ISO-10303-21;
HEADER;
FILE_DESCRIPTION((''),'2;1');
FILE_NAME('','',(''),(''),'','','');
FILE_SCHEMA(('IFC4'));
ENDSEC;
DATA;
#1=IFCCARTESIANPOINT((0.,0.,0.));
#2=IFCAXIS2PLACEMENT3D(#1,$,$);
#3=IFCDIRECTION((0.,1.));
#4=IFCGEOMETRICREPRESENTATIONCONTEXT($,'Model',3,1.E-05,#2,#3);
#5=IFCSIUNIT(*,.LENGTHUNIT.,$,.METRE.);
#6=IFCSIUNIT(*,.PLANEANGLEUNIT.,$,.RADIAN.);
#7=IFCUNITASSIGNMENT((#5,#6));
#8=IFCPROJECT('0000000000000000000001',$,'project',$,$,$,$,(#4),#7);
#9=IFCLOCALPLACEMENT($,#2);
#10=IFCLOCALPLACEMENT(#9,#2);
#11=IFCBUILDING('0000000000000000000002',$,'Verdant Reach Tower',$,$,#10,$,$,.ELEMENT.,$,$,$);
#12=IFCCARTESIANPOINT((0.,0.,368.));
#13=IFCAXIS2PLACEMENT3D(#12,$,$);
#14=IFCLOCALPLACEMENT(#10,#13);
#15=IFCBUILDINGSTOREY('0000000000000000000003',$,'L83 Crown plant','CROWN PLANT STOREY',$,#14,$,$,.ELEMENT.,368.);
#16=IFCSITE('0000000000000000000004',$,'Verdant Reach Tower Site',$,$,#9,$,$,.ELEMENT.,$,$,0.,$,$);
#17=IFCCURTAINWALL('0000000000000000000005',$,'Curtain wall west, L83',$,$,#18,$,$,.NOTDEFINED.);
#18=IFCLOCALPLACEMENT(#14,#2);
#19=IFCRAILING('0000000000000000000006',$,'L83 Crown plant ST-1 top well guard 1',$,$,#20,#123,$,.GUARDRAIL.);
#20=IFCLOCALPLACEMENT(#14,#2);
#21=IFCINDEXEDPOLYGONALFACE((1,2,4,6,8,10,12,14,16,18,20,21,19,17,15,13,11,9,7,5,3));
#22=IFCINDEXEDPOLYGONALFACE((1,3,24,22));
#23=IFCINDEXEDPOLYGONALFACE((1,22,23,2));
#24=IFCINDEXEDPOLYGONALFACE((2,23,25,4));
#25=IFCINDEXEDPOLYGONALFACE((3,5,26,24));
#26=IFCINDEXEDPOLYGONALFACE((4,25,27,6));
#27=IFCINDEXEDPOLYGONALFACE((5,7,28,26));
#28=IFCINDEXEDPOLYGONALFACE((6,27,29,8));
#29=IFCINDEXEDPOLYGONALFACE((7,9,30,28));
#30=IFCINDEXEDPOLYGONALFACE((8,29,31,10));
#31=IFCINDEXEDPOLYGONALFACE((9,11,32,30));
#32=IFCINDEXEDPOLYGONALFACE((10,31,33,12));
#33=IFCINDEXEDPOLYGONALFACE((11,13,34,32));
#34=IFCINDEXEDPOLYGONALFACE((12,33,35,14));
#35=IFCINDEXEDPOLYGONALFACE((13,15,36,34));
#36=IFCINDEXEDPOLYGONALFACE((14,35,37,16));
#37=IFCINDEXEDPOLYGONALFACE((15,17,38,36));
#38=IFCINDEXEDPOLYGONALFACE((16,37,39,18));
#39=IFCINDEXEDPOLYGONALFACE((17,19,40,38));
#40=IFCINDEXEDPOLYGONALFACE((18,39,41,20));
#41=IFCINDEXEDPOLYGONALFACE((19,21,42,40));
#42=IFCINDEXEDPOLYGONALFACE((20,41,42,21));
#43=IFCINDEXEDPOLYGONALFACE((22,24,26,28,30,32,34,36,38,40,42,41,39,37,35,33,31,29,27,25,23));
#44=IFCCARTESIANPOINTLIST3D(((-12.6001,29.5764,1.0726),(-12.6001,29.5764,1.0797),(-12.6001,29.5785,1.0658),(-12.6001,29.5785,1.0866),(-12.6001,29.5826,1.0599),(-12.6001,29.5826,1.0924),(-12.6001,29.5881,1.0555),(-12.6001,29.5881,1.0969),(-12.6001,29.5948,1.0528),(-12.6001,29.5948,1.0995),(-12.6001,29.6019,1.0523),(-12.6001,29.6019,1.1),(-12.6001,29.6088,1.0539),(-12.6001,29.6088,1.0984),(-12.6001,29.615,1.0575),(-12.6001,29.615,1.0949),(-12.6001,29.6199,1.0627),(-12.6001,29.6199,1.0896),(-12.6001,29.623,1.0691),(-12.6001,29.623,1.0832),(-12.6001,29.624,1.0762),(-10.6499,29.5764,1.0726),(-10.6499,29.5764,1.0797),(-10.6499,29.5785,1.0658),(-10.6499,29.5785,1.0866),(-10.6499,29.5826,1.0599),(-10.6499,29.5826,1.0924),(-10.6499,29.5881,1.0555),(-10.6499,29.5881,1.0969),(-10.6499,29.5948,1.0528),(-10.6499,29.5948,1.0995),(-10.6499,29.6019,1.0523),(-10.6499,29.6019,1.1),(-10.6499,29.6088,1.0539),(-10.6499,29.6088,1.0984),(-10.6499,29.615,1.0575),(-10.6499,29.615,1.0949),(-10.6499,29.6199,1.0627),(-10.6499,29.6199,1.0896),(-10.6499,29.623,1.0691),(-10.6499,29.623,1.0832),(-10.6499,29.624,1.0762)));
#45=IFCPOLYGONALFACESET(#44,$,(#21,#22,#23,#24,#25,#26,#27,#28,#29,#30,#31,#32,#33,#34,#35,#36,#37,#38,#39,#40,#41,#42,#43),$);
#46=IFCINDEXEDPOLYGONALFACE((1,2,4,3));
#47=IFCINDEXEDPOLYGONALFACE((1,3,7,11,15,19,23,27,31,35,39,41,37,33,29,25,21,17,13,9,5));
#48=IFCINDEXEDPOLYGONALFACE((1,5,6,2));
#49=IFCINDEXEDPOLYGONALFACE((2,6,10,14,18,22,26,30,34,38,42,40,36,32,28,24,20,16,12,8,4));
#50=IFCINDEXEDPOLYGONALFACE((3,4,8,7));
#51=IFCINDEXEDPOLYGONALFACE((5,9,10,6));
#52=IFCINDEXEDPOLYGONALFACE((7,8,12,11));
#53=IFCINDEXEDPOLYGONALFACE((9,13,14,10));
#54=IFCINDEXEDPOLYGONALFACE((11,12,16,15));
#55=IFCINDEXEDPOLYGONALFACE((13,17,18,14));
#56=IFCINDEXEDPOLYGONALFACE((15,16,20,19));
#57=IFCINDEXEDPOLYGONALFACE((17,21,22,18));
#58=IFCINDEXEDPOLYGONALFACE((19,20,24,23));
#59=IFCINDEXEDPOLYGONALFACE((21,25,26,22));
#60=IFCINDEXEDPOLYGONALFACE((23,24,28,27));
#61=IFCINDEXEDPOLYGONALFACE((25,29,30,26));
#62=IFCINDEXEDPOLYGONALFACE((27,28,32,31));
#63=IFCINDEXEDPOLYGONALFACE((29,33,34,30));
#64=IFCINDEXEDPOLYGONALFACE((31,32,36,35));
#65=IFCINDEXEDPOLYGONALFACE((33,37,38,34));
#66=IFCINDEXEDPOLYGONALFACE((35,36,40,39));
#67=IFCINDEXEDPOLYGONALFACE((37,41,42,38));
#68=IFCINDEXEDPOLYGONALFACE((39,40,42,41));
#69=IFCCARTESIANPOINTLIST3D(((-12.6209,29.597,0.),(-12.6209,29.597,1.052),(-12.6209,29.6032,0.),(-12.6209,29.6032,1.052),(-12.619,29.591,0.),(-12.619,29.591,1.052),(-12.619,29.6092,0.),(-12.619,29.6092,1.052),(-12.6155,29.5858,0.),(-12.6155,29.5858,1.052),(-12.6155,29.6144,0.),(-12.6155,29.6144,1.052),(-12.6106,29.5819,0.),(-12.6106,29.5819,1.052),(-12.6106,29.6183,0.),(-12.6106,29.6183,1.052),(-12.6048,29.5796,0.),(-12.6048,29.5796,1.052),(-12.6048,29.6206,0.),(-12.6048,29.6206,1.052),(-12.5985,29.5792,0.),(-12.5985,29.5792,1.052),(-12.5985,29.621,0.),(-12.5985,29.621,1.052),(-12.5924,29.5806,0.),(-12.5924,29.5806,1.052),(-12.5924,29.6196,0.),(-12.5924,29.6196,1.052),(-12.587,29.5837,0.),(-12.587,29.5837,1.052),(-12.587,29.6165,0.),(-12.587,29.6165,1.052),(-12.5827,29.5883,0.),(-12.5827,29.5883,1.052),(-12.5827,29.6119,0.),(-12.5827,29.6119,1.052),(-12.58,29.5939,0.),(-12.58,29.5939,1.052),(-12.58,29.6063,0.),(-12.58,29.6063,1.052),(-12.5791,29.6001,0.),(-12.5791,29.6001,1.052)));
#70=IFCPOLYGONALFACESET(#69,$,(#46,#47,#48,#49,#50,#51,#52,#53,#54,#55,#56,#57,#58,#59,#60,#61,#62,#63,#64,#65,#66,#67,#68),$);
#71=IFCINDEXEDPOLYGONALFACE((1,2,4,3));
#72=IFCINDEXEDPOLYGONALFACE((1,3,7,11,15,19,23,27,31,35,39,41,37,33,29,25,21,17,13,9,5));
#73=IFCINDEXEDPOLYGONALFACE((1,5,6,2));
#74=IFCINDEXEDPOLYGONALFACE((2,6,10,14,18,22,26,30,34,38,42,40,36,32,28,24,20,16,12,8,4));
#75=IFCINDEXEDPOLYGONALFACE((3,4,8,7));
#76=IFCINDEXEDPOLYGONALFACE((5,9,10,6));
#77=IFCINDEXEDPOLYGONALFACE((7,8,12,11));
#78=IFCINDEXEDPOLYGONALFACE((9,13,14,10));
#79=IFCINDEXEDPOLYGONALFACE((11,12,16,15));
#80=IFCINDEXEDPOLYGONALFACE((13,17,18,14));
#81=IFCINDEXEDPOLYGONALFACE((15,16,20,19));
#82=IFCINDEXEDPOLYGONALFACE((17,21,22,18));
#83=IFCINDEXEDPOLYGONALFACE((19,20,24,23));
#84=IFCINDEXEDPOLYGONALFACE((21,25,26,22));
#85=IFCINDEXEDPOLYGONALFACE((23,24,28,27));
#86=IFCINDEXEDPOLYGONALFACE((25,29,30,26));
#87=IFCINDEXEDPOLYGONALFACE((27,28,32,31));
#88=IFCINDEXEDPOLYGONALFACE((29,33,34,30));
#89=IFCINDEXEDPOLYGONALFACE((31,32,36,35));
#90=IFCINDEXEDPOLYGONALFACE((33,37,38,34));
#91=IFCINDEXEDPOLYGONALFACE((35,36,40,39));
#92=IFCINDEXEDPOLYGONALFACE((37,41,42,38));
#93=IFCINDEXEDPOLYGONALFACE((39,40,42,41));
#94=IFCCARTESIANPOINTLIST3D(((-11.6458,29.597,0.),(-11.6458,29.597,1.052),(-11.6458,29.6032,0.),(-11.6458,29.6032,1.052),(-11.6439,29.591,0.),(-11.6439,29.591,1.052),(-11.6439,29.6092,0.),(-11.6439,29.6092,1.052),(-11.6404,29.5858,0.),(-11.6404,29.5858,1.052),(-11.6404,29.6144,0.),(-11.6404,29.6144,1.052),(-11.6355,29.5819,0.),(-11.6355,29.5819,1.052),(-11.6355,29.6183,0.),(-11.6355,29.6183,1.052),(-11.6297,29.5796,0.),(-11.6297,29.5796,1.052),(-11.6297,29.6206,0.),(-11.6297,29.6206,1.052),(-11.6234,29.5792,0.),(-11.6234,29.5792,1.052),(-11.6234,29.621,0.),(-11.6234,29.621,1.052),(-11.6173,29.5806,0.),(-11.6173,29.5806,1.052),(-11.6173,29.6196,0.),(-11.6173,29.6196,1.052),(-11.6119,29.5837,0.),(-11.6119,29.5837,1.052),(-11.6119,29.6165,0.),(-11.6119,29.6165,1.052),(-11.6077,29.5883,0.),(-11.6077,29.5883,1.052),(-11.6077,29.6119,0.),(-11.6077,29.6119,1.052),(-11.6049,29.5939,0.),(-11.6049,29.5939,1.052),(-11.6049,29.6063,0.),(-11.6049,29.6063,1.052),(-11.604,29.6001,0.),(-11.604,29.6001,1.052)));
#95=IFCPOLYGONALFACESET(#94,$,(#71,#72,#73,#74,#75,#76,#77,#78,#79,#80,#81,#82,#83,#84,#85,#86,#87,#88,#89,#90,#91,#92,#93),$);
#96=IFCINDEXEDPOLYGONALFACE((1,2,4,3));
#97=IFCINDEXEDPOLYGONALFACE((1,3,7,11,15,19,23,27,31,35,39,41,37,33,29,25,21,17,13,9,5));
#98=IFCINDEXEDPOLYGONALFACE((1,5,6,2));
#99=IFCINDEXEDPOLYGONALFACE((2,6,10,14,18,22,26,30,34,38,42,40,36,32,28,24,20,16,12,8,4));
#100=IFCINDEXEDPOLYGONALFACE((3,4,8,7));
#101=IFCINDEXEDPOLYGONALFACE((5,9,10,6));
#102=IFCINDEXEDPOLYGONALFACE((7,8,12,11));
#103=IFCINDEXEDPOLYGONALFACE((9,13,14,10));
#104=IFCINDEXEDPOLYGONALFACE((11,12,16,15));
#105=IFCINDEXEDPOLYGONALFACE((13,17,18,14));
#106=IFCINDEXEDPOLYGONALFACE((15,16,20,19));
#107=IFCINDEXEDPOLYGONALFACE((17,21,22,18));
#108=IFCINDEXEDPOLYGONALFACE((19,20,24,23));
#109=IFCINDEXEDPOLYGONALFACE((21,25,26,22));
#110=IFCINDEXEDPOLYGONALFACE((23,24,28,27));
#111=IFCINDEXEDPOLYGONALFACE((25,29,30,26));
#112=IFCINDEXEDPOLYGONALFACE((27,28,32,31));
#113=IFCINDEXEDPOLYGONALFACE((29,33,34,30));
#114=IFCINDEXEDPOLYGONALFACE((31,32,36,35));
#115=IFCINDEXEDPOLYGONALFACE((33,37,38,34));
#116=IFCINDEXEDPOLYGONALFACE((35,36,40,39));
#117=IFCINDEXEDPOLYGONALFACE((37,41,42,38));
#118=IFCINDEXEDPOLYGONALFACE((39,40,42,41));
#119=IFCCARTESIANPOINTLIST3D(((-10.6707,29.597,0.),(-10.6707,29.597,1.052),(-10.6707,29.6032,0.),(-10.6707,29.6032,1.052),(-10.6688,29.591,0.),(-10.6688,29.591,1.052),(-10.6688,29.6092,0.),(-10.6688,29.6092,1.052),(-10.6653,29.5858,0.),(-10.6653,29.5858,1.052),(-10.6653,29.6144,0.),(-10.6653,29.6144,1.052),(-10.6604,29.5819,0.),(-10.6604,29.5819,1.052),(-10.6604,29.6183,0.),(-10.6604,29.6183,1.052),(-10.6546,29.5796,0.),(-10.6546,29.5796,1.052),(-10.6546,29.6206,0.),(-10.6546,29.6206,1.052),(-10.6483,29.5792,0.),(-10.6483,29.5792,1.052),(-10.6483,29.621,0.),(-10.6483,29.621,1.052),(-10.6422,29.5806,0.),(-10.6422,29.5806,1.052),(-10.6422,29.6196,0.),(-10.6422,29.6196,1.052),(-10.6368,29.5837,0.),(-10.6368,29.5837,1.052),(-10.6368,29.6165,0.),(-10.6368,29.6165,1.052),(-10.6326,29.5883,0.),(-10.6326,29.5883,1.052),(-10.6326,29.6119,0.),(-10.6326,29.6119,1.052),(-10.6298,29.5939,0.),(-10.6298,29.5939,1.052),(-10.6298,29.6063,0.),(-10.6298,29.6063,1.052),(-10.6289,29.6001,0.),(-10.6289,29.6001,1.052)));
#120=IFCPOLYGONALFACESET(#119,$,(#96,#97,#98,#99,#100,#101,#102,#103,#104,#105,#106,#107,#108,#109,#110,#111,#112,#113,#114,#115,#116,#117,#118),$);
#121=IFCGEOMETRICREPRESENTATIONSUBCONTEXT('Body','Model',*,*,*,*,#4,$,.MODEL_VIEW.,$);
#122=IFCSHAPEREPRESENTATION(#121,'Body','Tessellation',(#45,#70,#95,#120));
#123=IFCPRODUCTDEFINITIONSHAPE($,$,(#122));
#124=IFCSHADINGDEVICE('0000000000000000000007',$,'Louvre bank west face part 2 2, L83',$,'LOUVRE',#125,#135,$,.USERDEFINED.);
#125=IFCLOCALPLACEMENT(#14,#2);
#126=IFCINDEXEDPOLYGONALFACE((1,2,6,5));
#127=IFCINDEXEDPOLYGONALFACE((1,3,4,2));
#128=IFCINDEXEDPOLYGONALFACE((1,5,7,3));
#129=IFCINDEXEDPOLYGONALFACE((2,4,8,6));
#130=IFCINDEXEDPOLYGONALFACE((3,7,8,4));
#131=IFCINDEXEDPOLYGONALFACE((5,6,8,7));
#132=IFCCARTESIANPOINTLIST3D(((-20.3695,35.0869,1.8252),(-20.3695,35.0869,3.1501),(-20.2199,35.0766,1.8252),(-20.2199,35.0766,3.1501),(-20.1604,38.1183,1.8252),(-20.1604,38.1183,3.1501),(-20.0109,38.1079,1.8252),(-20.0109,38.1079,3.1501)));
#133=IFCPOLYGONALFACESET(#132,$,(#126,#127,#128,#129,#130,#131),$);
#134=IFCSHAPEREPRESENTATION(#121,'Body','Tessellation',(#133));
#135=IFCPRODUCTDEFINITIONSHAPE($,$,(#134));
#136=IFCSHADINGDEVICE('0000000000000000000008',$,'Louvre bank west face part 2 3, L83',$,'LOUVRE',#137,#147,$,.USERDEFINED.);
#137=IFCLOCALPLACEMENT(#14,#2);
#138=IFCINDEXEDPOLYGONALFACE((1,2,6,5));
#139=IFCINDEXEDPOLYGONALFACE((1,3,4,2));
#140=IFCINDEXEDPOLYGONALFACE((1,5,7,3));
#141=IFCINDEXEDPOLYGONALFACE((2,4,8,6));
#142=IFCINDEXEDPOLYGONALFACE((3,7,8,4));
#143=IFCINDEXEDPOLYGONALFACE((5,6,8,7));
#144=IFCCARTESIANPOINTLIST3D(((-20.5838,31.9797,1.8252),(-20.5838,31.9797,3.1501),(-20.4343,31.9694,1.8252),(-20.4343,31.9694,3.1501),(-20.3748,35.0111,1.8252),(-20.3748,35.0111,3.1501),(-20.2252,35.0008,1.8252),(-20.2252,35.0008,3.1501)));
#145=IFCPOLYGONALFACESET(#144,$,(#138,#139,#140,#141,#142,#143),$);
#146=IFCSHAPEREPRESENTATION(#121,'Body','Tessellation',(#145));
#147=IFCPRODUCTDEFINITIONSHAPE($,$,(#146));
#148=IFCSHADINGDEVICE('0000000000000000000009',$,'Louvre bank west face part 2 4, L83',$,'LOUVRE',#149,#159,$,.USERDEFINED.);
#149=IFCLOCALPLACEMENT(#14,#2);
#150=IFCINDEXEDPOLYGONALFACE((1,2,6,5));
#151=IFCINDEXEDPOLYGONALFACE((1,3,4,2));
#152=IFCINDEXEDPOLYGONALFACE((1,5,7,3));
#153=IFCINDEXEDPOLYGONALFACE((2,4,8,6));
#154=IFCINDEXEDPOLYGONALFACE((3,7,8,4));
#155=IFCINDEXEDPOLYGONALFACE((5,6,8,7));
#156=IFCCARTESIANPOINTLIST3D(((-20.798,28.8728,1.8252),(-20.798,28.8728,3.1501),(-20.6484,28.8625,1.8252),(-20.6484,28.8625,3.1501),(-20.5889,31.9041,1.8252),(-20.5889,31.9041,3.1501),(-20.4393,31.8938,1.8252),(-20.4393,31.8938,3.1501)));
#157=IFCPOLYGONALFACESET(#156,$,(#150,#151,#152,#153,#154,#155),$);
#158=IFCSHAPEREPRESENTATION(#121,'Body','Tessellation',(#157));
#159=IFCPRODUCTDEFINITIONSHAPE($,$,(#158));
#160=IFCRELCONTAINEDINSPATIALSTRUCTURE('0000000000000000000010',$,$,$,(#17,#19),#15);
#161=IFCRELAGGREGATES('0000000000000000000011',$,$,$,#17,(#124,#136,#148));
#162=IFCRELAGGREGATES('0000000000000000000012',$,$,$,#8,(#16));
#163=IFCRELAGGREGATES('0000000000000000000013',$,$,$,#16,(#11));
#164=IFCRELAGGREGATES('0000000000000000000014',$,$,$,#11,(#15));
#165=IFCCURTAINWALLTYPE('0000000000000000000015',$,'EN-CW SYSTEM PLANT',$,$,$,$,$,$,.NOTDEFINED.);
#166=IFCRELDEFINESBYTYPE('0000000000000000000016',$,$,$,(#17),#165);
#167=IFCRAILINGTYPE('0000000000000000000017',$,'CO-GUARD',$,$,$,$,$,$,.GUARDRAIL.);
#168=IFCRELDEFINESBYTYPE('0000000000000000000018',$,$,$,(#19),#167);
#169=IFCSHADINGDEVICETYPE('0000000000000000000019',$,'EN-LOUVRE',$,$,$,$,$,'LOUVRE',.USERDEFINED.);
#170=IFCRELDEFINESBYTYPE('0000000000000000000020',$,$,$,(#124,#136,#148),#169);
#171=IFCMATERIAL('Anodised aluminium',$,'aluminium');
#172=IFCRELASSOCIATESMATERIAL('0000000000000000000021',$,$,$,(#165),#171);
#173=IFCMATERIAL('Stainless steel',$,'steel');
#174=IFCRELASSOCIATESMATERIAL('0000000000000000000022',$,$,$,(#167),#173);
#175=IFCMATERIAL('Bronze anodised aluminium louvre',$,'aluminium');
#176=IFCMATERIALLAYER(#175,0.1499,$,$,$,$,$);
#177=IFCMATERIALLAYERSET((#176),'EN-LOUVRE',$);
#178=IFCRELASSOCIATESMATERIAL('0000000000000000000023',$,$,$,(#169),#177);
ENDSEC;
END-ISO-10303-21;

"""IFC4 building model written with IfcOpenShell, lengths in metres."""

from ifc_helpers import new_model, si_unit, direction, frame, origin, origin_2d, place, context, subcontext, project, spatial, rectangle, circle, extrude, material, layer, layer_set, type_object, element, aggregate, save


model = new_model("IFC4")

# Units and contexts
model_context = context("Model", 3, precision=1e-05, world=origin(), true_north=direction((0.0, 1.0)))
body_context = subcontext(model_context, "Body", "Model", "MODEL_VIEW")
ifc_project = project(units=[si_unit("LENGTHUNIT", "METRE"), si_unit("PLANEANGLEUNIT", "RADIAN")], contexts=[model_context])

# Site, building, storey
site_placement = place(None, origin())
site = spatial("IfcSite", under=ifc_project, at=site_placement, Name="Verdant Reach Tower Site", CompositionType="ELEMENT", RefElevation=0.0)
building_placement = place(site_placement, origin())
building = spatial("IfcBuilding", under=site, at=building_placement, Name="Verdant Reach Tower", CompositionType="ELEMENT")
storey_placement = place(building_placement, frame((0.0, 0.0, 368.0)))
storey = spatial("IfcBuildingStorey", under=building, at=storey_placement, Name="L83 Crown plant", Description="CROWN PLANT STOREY", CompositionType="ELEMENT", Elevation=368.0)

# Curtain wall
ifc_material_1 = material(Name="Anodised aluminium", Category="aluminium")
curtain_wall_type = type_object("IfcCurtainWallType", Name="EN-CW SYSTEM PLANT", PredefinedType="NOTDEFINED", material=ifc_material_1)
curtain_wall_placement = place(storey_placement, origin())
curtain_wall = element("IfcCurtainWall", 1, at=curtain_wall_placement, inside=storey, type_object=curtain_wall_type, Name="Curtain wall west, L83", PredefinedType="NOTDEFINED")

# Shared definitions
ifc_material_2 = material(Name="Stainless steel", Category="steel")

# Railing
railing_type = type_object("IfcRailingType", Name="CO-GUARD", PredefinedType="GUARDRAIL", material=ifc_material_2)
railing_placement = place(storey_placement, frame((-12.6001, 29.6001, 0.0)))
element("IfcRailing", 2, at=railing_placement, inside=storey, type_object=railing_type, Name="L83 Crown plant ST-1 top well guard 1", PredefinedType="GUARDRAIL", context=body_context, shape_type="SweptSolid", body=[
    extrude(circle(Radius=0.0239, at=origin_2d()), frame((0.0, 0.0, 1.0762), z_axis=(1.0, 0.0, 0.0), x_axis=(0.0, 1.0, 0.0)), (0.0, 0.0, 1.0), 1.9502),
    extrude(circle(Radius=0.021, at=origin_2d()), origin(), (0.0, 0.0, 1.0), 1.052),
    extrude(circle(Radius=0.021, at=origin_2d()), frame((0.9751, 0.0, 0.0)), (0.0, 0.0, 1.0), 1.052),
    extrude(circle(Radius=0.021, at=origin_2d()), frame((1.9502, 0.0, 0.0)), (0.0, 0.0, 1.0), 1.052),
])

# Shading devices
ifc_material_3 = material(Name="Bronze anodised aluminium louvre", Category="aluminium")
ifc_layer_1 = layer(ifc_material_3, 0.1499)
ifc_layer_set_1 = layer_set([ifc_layer_1], Name="EN-LOUVRE")
shading_device_type = type_object("IfcShadingDeviceType", Name="EN-LOUVRE", ElementType="LOUVRE", PredefinedType="USERDEFINED", material=ifc_layer_set_1)
shading_device_1_placement = place(storey_placement, frame((-20.1902, 36.5974, 1.8252), z_axis=(0.0, 0.0, 1.0), x_axis=(-0.068802, -0.99763, 0.0)))
shading_device_1 = element("IfcShadingDevice", 3, at=shading_device_1_placement, type_object=shading_device_type, Name="Louvre bank west face part 2 2, L83", ObjectType="LOUVRE", PredefinedType="USERDEFINED", context=body_context, shape_type="SweptSolid", body=[
    extrude(rectangle(XDim=3.0386, YDim=0.1499, at=origin_2d()), origin(), (0.0, 0.0, 1.0), 1.325),
])
shading_device_2_placement = place(storey_placement, frame((-20.4045, 33.4902, 1.8252), z_axis=(0.0, 0.0, 1.0), x_axis=(-0.068802, -0.99763, 0.0)))
shading_device_2 = element("IfcShadingDevice", 4, at=shading_device_2_placement, type_object=shading_device_type, Name="Louvre bank west face part 2 3, L83", ObjectType="LOUVRE", PredefinedType="USERDEFINED", context=body_context, shape_type="SweptSolid", body=[
    extrude(rectangle(XDim=3.0386, YDim=0.1499, at=origin_2d()), origin(), (0.0, 0.0, 1.0), 1.325),
])
shading_device_3_placement = place(storey_placement, frame((-20.6187, 30.3833, 1.8252), z_axis=(0.0, 0.0, 1.0), x_axis=(-0.068802, -0.99763, 0.0)))
shading_device_3 = element("IfcShadingDevice", 5, at=shading_device_3_placement, type_object=shading_device_type, Name="Louvre bank west face part 2 4, L83", ObjectType="LOUVRE", PredefinedType="USERDEFINED", context=body_context, shape_type="SweptSolid", body=[
    extrude(rectangle(XDim=3.0386, YDim=0.1499, at=origin_2d()), origin(), (0.0, 0.0, 1.0), 1.325),
])
aggregate(curtain_wall, [shading_device_1, shading_device_2, shading_device_3])

save(model, "model.ifc")
